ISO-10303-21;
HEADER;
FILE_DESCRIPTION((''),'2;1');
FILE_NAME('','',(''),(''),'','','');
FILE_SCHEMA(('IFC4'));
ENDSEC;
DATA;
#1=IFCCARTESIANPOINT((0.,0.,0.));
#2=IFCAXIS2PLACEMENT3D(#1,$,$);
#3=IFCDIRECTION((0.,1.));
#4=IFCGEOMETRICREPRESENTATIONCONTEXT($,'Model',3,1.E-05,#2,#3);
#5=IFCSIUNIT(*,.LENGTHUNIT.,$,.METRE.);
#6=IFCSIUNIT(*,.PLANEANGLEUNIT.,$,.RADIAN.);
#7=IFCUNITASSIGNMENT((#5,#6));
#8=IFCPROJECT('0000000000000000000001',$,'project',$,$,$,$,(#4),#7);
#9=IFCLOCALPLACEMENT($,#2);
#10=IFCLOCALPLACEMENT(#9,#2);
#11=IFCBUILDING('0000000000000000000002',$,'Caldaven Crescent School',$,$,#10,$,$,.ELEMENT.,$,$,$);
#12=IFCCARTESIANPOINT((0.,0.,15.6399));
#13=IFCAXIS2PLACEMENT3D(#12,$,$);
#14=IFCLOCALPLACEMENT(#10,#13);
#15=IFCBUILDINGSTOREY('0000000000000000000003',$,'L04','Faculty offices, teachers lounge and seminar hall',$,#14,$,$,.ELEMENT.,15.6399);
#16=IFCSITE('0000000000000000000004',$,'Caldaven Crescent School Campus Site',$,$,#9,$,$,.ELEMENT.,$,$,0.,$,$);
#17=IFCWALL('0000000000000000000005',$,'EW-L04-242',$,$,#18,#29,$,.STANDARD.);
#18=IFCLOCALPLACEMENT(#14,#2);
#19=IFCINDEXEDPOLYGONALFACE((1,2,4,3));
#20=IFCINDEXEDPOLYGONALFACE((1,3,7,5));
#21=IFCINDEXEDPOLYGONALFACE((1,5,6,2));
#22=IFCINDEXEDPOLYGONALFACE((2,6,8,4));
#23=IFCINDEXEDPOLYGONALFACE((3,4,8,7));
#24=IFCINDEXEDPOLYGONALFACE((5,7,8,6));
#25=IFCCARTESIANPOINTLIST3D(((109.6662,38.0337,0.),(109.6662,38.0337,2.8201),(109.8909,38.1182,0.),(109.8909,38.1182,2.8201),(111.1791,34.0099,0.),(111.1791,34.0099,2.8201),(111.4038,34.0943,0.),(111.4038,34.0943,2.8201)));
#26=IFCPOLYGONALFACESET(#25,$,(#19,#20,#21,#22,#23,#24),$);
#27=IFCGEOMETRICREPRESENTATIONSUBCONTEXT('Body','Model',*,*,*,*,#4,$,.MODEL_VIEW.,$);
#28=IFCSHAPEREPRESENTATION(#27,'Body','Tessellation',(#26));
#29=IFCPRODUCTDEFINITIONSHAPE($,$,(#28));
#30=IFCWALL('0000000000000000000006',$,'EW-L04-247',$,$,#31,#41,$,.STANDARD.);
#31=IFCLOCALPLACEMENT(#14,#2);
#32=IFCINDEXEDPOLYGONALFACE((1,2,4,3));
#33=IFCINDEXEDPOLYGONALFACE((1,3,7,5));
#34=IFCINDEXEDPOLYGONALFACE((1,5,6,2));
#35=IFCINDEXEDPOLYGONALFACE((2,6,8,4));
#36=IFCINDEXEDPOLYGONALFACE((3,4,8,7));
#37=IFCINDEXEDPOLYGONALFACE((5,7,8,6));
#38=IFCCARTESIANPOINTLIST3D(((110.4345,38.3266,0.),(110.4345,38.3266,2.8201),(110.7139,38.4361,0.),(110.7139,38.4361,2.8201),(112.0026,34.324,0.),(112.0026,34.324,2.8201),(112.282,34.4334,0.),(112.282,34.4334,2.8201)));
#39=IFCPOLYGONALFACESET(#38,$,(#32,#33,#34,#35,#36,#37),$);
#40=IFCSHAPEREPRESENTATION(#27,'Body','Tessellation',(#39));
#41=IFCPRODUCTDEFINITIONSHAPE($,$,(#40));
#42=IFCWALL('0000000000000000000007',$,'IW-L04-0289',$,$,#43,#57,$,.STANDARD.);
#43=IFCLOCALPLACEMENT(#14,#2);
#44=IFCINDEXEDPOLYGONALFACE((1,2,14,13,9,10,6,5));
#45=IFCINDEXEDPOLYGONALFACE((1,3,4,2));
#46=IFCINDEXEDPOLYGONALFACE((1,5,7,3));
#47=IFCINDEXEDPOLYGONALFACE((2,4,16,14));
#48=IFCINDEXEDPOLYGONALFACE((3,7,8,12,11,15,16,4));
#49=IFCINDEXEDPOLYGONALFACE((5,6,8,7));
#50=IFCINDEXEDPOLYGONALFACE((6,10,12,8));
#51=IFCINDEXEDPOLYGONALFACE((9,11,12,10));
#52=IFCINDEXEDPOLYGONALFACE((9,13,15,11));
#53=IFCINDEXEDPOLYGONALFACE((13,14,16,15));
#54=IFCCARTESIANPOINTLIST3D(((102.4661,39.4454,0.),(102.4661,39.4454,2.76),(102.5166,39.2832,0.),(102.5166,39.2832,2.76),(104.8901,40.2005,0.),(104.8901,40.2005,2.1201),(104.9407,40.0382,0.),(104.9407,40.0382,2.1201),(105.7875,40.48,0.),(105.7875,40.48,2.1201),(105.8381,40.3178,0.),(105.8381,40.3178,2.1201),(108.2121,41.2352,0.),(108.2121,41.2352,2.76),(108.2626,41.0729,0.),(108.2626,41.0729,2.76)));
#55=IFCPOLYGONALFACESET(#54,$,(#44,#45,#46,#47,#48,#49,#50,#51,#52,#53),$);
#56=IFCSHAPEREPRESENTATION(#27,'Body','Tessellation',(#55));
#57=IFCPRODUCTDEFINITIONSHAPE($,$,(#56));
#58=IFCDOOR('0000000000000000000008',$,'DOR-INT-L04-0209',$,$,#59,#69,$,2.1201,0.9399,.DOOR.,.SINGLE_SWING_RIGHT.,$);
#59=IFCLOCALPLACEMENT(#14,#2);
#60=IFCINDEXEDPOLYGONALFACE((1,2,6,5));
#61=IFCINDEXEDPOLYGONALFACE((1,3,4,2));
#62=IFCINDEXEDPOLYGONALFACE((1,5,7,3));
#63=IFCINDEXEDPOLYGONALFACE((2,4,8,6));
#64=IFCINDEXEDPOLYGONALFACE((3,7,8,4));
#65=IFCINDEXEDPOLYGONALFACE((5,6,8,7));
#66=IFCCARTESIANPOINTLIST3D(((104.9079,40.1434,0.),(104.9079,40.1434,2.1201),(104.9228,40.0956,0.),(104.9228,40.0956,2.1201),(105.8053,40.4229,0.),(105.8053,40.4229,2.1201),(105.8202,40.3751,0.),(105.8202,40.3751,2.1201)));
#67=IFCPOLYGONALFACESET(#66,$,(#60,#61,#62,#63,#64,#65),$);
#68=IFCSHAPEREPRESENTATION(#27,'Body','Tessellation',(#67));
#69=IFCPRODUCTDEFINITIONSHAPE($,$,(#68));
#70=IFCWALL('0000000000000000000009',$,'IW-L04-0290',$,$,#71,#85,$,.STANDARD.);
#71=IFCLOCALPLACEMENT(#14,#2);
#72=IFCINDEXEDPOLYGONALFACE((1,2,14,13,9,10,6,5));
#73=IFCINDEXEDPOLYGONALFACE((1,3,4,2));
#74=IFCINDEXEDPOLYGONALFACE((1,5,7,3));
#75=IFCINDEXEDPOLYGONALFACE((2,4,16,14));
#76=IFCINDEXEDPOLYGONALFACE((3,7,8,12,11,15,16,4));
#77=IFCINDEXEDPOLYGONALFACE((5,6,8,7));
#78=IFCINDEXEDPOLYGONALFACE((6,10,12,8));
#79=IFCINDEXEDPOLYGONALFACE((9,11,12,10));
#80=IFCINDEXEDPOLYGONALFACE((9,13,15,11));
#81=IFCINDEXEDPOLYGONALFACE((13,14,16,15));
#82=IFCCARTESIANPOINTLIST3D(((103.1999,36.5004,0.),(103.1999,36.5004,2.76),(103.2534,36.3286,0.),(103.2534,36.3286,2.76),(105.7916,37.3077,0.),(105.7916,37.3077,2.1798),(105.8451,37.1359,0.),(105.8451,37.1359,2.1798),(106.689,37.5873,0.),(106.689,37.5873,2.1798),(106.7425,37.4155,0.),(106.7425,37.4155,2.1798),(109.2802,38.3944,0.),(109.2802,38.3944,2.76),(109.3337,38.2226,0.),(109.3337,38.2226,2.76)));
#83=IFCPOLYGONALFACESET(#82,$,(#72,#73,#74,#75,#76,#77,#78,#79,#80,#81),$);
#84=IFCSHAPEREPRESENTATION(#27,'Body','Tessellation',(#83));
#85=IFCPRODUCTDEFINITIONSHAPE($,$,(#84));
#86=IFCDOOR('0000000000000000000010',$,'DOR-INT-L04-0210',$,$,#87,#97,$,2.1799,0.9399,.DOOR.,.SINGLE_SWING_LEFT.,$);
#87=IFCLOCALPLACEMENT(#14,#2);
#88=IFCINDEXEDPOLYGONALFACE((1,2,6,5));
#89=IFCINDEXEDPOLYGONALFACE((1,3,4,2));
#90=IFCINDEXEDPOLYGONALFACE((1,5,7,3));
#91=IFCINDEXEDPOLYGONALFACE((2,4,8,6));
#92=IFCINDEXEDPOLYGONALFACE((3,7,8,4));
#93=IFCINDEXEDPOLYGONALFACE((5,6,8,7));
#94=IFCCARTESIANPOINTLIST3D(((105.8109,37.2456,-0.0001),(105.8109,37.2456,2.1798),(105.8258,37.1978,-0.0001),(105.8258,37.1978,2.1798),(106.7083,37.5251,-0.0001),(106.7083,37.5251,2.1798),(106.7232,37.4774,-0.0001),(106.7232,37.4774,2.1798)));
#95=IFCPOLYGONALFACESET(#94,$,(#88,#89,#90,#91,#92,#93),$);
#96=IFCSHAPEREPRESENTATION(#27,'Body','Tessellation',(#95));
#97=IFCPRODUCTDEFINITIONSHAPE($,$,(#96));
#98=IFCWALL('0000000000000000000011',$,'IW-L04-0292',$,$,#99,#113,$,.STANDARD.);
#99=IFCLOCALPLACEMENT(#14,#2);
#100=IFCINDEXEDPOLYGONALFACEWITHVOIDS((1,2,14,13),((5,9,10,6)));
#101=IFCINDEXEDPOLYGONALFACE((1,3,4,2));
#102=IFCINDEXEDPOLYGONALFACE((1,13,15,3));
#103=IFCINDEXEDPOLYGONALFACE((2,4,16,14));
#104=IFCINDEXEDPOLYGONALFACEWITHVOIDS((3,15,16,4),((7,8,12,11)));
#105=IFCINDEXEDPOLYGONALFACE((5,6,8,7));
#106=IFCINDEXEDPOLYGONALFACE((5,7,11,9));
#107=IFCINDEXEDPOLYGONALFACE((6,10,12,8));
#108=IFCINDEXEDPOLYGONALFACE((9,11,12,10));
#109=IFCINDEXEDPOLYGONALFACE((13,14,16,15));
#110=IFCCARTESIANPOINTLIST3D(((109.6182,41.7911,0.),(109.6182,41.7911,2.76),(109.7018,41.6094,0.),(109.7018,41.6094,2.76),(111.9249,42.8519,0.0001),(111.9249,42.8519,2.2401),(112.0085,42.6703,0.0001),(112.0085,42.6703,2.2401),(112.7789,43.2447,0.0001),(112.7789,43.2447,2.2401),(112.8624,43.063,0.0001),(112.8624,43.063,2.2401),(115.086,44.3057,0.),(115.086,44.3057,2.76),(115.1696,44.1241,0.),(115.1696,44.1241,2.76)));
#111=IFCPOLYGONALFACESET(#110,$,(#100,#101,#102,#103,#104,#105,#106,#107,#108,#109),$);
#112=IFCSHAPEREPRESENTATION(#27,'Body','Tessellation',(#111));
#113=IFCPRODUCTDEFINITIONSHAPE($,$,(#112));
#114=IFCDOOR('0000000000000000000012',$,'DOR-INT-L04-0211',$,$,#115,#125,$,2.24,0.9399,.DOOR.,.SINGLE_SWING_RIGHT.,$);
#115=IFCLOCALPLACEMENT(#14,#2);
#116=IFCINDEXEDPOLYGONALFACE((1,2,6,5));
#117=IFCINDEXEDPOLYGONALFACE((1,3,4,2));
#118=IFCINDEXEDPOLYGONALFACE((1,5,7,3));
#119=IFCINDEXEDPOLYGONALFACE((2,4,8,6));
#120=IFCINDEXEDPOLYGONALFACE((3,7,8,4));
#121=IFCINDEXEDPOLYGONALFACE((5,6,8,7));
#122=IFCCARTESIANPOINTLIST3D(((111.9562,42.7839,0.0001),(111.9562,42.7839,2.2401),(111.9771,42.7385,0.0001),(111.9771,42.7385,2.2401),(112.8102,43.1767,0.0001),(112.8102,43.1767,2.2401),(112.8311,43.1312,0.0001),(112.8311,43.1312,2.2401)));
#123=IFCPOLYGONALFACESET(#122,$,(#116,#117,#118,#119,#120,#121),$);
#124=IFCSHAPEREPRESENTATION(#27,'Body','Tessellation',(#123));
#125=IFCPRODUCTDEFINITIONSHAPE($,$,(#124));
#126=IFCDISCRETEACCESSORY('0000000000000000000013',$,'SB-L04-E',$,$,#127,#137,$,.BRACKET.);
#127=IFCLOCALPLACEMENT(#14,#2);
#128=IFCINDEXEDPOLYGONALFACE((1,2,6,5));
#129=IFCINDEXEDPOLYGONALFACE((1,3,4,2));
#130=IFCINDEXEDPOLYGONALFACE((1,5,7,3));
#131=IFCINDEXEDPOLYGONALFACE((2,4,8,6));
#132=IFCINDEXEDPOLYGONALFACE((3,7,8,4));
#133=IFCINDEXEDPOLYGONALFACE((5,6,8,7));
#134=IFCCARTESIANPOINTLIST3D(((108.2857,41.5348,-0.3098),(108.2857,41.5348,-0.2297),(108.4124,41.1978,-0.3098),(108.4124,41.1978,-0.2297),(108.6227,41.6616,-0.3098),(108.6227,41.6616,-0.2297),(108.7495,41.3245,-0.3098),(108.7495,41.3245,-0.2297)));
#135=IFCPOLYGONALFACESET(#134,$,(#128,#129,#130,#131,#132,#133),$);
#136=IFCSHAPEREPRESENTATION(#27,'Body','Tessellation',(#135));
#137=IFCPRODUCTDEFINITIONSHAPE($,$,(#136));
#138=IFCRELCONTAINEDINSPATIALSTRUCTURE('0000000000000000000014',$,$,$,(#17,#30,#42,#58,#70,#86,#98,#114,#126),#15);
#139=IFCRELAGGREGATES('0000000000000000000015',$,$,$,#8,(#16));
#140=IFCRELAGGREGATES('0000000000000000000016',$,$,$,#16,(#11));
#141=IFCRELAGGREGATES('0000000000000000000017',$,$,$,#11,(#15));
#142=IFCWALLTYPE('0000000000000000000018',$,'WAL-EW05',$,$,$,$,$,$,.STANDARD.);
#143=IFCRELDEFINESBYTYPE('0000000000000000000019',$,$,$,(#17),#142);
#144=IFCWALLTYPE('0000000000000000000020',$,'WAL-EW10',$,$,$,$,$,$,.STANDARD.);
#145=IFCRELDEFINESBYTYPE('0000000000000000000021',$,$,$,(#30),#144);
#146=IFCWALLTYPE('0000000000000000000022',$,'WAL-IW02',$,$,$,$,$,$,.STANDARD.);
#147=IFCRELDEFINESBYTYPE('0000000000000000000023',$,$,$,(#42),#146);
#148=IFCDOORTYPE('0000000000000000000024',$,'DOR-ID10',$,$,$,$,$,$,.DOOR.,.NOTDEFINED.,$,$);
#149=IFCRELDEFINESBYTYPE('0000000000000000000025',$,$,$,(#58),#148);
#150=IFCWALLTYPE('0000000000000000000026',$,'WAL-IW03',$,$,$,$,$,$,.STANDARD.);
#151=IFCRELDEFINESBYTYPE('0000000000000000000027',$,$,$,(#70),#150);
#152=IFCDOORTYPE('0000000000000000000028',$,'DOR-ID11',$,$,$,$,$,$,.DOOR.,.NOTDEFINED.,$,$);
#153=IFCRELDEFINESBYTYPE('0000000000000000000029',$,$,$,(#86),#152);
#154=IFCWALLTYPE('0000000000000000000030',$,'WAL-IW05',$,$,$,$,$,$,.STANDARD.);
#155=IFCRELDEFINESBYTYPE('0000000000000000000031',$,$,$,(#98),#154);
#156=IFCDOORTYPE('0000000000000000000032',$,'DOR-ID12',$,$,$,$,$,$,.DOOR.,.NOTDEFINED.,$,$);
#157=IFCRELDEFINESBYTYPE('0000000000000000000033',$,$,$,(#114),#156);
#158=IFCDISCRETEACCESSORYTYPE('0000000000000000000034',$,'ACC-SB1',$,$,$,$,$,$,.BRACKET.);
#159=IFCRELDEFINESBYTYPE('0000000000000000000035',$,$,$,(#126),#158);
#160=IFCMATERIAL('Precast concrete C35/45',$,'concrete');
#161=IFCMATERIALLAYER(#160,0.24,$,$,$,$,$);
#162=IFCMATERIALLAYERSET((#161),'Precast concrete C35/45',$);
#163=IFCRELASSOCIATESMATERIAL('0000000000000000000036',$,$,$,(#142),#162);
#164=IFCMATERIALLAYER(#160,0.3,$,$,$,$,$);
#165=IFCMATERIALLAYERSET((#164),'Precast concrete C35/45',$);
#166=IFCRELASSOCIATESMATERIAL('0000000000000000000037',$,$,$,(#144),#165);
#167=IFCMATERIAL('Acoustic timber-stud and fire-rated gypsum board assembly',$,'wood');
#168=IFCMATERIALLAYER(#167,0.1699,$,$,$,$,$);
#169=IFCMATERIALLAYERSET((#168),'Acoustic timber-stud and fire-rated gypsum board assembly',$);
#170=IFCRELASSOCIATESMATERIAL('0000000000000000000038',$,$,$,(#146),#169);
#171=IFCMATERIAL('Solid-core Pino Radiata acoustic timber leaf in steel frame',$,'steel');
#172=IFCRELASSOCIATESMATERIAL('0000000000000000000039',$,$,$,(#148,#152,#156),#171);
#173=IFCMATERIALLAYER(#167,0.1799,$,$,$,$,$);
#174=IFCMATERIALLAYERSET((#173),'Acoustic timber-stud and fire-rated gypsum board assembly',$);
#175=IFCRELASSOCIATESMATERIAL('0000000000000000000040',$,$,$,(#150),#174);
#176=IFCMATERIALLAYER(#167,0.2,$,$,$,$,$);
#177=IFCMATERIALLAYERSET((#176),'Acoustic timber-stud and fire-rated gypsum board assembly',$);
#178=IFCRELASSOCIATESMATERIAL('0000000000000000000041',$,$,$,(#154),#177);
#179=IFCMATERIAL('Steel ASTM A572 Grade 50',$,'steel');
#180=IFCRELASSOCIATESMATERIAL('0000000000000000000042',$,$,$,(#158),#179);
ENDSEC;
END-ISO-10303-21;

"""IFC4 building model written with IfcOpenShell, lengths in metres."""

from ifc_helpers import new_model, si_unit, direction, frame, frame_2d, origin, origin_2d, place, context, subcontext, project, spatial, rectangle, extrude, material, layer, layer_set, type_object, element, fill, save


model = new_model("IFC4")

# Units and contexts
model_context = context("Model", 3, precision=1e-05, world=origin(), true_north=direction((0.0, 1.0)))
body_context = subcontext(model_context, "Body", "Model", "MODEL_VIEW")
ifc_project = project(units=[si_unit("LENGTHUNIT", "METRE"), si_unit("PLANEANGLEUNIT", "RADIAN")], contexts=[model_context])

# Site, building, storey
site_placement = place(None, origin())
site = spatial("IfcSite", under=ifc_project, at=site_placement, Name="Caldaven Crescent School Campus Site", CompositionType="ELEMENT", RefElevation=0.0)
building_placement = place(site_placement, origin())
building = spatial("IfcBuilding", under=site, at=building_placement, Name="Caldaven Crescent School", CompositionType="ELEMENT")
storey_placement = place(building_placement, frame((0.0, 0.0, 15.6399)))
storey = spatial("IfcBuildingStorey", under=building, at=storey_placement, Name="L04", Description="Faculty offices, teachers lounge and seminar hall", CompositionType="ELEMENT", Elevation=15.6399)

# Wall
ifc_material_1 = material(Name="Precast concrete C35/45", Category="concrete")
ifc_layer_1 = layer(ifc_material_1, 0.24)
ifc_layer_set_1 = layer_set([ifc_layer_1], Name="Precast concrete C35/45")
wall_type_1 = type_object("IfcWallType", Name="WAL-EW05", PredefinedType="STANDARD", material=ifc_layer_set_1)
wall_1_placement = place(storey_placement, frame((109.7786, 38.0759, 0.0), z_axis=(0.0, 0.0, 1.0), x_axis=(0.351932, -0.936025, 0.0)))
element("IfcWall", 1, at=wall_1_placement, inside=storey, type_object=wall_type_1, Name="EW-L04-242", PredefinedType="STANDARD", context=body_context, shape_type="SweptSolid", body=[
    extrude(rectangle(XDim=4.2988, YDim=0.24, at=frame_2d((2.1494, 0.0))), origin(), (0.0, 0.0, 1.0), 2.8201),
])

# Wall
ifc_layer_2 = layer(ifc_material_1, 0.3)
ifc_layer_set_2 = layer_set([ifc_layer_2], Name="Precast concrete C35/45")
wall_type_2 = type_object("IfcWallType", Name="WAL-EW10", PredefinedType="STANDARD", material=ifc_layer_set_2)
wall_2_placement = place(storey_placement, frame((110.5742, 38.3813, 0.0), z_axis=(0.0, 0.0, 1.0), x_axis=(0.364772, -0.931097, 0.0)))
element("IfcWall", 2, at=wall_2_placement, inside=storey, type_object=wall_type_2, Name="EW-L04-247", PredefinedType="STANDARD", context=body_context, shape_type="SweptSolid", body=[
    extrude(rectangle(XDim=4.2988, YDim=0.3, at=frame_2d((2.1494, 0.0))), origin(), (0.0, 0.0, 1.0), 2.8201),
])

# Walls, openings, doors
ifc_material_2 = material(Name="Acoustic timber-stud and fire-rated gypsum board assembly", Category="wood")
ifc_layer_3 = layer(ifc_material_2, 0.1699)
ifc_layer_set_3 = layer_set([ifc_layer_3], Name="Acoustic timber-stud and fire-rated gypsum board assembly")
wall_type_3 = type_object("IfcWallType", Name="WAL-IW02", PredefinedType="STANDARD", material=ifc_layer_set_3)
wall_3_placement = place(storey_placement, frame((102.4912, 39.3643, 0.0), z_axis=(0.0, 0.0, 1.0), x_axis=(0.954757, 0.297388, 0.0)))
wall_3 = element("IfcWall", 3, at=wall_3_placement, inside=storey, type_object=wall_type_3, Name="IW-L04-0289", PredefinedType="STANDARD", context=body_context, shape_type="SweptSolid", body=[
    extrude(rectangle(XDim=6.0183, YDim=0.1699, at=frame_2d((3.0093, 0.0))), origin(), (0.0, 0.0, 1.0), 2.76),
])
opening_1_placement = place(wall_3_placement, frame((2.5391, 0.0, 0.0)))
opening_1 = element("IfcOpeningElement", 4, at=opening_1_placement, cuts=wall_3, PredefinedType="OPENING", context=body_context, shape_type="SweptSolid", body=[
    extrude(rectangle(XDim=0.9399, YDim=2.1201, at=frame_2d((0.47, 1.0601))), frame((0.0, 0.095, 0.0), z_axis=(0.0, -1.0, 0.0), x_axis=(1.0, 0.0, 0.0)), (0.0, 0.0, 1.0), 0.1899),
])
ifc_material_3 = material(Name="Solid-core Pino Radiata acoustic timber leaf in steel frame", Category="steel")
door_type_1 = type_object("IfcDoorType", Name="DOR-ID10", OperationType="NOTDEFINED", PredefinedType="DOOR", material=ifc_material_3)
door_1_placement = place(opening_1_placement, frame((0.9399, 0.0, 0.0), z_axis=(0.0, 0.0, 1.0), x_axis=(-1.0, 0.0, 0.0)))
door_1 = element("IfcDoor", 5, at=door_1_placement, inside=storey, type_object=door_type_1, Name="DOR-INT-L04-0209", OperationType="SINGLE_SWING_RIGHT", OverallHeight=2.1201, OverallWidth=0.9399, PredefinedType="DOOR", context=body_context, shape_type="SweptSolid", body=[
    extrude(rectangle(XDim=0.9399, YDim=2.1201, at=frame_2d((0.47, 1.0601))), frame((0.0, 0.0249, 0.0), z_axis=(0.0, -1.0, 0.0), x_axis=(1.0, 0.0, 0.0)), (0.0, 0.0, 1.0), 0.05),
])
fill(opening_1, door_1)
ifc_layer_4 = layer(ifc_material_2, 0.1799)
ifc_layer_set_4 = layer_set([ifc_layer_4], Name="Acoustic timber-stud and fire-rated gypsum board assembly")
wall_type_4 = type_object("IfcWallType", Name="WAL-IW03", PredefinedType="STANDARD", material=ifc_layer_set_4)
wall_4_placement = place(storey_placement, frame((103.2268, 36.4146, 0.0), z_axis=(0.0, 0.0, 1.0), x_axis=(0.95475, 0.297408, 0.0)))
wall_4 = element("IfcWall", 6, at=wall_4_placement, inside=storey, type_object=wall_type_4, Name="IW-L04-0290", PredefinedType="STANDARD", context=body_context, shape_type="SweptSolid", body=[
    extrude(rectangle(XDim=6.3684, YDim=0.1799, at=frame_2d((3.1841, 0.0))), origin(), (0.0, 0.0, 1.0), 2.76),
])
opening_2_placement = place(wall_4_placement, frame((2.7144, 0.0, 0.0)))
opening_2 = element("IfcOpeningElement", 7, at=opening_2_placement, cuts=wall_4, PredefinedType="OPENING", context=body_context, shape_type="SweptSolid", body=[
    extrude(rectangle(XDim=0.9399, YDim=2.1799, at=frame_2d((0.47, 1.0898))), frame((0.0, 0.0999, 0.0), z_axis=(0.0, -1.0, 0.0), x_axis=(1.0, 0.0, 0.0)), (0.0, 0.0, 1.0), 0.2),
])
door_type_2 = type_object("IfcDoorType", Name="DOR-ID11", OperationType="NOTDEFINED", PredefinedType="DOOR", material=ifc_material_3)
door_2_placement = place(opening_2_placement, origin())
door_2 = element("IfcDoor", 8, at=door_2_placement, inside=storey, type_object=door_type_2, Name="DOR-INT-L04-0210", OperationType="SINGLE_SWING_LEFT", OverallHeight=2.1799, OverallWidth=0.9399, PredefinedType="DOOR", context=body_context, shape_type="SweptSolid", body=[
    extrude(rectangle(XDim=0.9399, YDim=2.1799, at=frame_2d((0.47, 1.0898))), frame((0.0, 0.0249, 0.0), z_axis=(0.0, -1.0, 0.0), x_axis=(1.0, 0.0, 0.0)), (0.0, 0.0, 1.0), 0.05),
])
fill(opening_2, door_2)
ifc_layer_5 = layer(ifc_material_2, 0.2)
ifc_layer_set_5 = layer_set([ifc_layer_5], Name="Acoustic timber-stud and fire-rated gypsum board assembly")
wall_type_5 = type_object("IfcWallType", Name="WAL-IW05", PredefinedType="STANDARD", material=ifc_layer_set_5)
wall_5_placement = place(storey_placement, frame((109.6599, 41.7002, 0.0), z_axis=(0.0, 0.0, 1.0), x_axis=(0.908524, 0.417833, 0.0)))
wall_5 = element("IfcWall", 9, at=wall_5_placement, inside=storey, type_object=wall_type_5, Name="IW-L04-0292", PredefinedType="STANDARD", context=body_context, shape_type="SweptSolid", body=[
    extrude(rectangle(XDim=6.0183, YDim=0.2, at=frame_2d((3.0093, 0.0))), origin(), (0.0, 0.0, 1.0), 2.76),
])
opening_3_placement = place(wall_5_placement, frame((2.5391, 0.0, 0.0)))
opening_3 = element("IfcOpeningElement", 10, at=opening_3_placement, cuts=wall_5, PredefinedType="OPENING", context=body_context, shape_type="SweptSolid", body=[
    extrude(rectangle(XDim=0.9399, YDim=2.24, at=frame_2d((0.47, 1.1201))), frame((0.0, 0.1099, 0.0), z_axis=(0.0, -1.0, 0.0), x_axis=(1.0, 0.0, 0.0)), (0.0, 0.0, 1.0), 0.22),
])
door_type_3 = type_object("IfcDoorType", Name="DOR-ID12", OperationType="NOTDEFINED", PredefinedType="DOOR", material=ifc_material_3)
door_3_placement = place(opening_3_placement, frame((0.9399, 0.0, 0.0), z_axis=(0.0, 0.0, 1.0), x_axis=(-1.0, 0.0, 0.0)))
door_3 = element("IfcDoor", 11, at=door_3_placement, inside=storey, type_object=door_type_3, Name="DOR-INT-L04-0211", OperationType="SINGLE_SWING_RIGHT", OverallHeight=2.24, OverallWidth=0.9399, PredefinedType="DOOR", context=body_context, shape_type="SweptSolid", body=[
    extrude(rectangle(XDim=0.9399, YDim=2.24, at=frame_2d((0.47, 1.1201))), frame((0.0, 0.0249, 0.0), z_axis=(0.0, -1.0, 0.0), x_axis=(1.0, 0.0, 0.0)), (0.0, 0.0, 1.0), 0.05),
])
fill(opening_3, door_3)

# Discrete accessory
ifc_material_4 = material(Name="Steel ASTM A572 Grade 50", Category="steel")
discrete_accessory_type = type_object("IfcDiscreteAccessoryType", Name="ACC-SB1", PredefinedType="BRACKET", material=ifc_material_4)
discrete_accessory_placement = place(storey_placement, frame((108.5176, 41.4297, -0.3098), z_axis=(0.0, 0.0, 1.0), x_axis=(0.352005, -0.935998, 0.0)))
element("IfcDiscreteAccessory", 12, at=discrete_accessory_placement, inside=storey, type_object=discrete_accessory_type, Name="SB-L04-E", PredefinedType="BRACKET", context=body_context, shape_type="SweptSolid", body=[
    extrude(rectangle(XDim=0.3601, YDim=0.3601, at=origin_2d()), origin(), (0.0, 0.0, 1.0), 0.0801),
])

save(model, "model.ifc")
